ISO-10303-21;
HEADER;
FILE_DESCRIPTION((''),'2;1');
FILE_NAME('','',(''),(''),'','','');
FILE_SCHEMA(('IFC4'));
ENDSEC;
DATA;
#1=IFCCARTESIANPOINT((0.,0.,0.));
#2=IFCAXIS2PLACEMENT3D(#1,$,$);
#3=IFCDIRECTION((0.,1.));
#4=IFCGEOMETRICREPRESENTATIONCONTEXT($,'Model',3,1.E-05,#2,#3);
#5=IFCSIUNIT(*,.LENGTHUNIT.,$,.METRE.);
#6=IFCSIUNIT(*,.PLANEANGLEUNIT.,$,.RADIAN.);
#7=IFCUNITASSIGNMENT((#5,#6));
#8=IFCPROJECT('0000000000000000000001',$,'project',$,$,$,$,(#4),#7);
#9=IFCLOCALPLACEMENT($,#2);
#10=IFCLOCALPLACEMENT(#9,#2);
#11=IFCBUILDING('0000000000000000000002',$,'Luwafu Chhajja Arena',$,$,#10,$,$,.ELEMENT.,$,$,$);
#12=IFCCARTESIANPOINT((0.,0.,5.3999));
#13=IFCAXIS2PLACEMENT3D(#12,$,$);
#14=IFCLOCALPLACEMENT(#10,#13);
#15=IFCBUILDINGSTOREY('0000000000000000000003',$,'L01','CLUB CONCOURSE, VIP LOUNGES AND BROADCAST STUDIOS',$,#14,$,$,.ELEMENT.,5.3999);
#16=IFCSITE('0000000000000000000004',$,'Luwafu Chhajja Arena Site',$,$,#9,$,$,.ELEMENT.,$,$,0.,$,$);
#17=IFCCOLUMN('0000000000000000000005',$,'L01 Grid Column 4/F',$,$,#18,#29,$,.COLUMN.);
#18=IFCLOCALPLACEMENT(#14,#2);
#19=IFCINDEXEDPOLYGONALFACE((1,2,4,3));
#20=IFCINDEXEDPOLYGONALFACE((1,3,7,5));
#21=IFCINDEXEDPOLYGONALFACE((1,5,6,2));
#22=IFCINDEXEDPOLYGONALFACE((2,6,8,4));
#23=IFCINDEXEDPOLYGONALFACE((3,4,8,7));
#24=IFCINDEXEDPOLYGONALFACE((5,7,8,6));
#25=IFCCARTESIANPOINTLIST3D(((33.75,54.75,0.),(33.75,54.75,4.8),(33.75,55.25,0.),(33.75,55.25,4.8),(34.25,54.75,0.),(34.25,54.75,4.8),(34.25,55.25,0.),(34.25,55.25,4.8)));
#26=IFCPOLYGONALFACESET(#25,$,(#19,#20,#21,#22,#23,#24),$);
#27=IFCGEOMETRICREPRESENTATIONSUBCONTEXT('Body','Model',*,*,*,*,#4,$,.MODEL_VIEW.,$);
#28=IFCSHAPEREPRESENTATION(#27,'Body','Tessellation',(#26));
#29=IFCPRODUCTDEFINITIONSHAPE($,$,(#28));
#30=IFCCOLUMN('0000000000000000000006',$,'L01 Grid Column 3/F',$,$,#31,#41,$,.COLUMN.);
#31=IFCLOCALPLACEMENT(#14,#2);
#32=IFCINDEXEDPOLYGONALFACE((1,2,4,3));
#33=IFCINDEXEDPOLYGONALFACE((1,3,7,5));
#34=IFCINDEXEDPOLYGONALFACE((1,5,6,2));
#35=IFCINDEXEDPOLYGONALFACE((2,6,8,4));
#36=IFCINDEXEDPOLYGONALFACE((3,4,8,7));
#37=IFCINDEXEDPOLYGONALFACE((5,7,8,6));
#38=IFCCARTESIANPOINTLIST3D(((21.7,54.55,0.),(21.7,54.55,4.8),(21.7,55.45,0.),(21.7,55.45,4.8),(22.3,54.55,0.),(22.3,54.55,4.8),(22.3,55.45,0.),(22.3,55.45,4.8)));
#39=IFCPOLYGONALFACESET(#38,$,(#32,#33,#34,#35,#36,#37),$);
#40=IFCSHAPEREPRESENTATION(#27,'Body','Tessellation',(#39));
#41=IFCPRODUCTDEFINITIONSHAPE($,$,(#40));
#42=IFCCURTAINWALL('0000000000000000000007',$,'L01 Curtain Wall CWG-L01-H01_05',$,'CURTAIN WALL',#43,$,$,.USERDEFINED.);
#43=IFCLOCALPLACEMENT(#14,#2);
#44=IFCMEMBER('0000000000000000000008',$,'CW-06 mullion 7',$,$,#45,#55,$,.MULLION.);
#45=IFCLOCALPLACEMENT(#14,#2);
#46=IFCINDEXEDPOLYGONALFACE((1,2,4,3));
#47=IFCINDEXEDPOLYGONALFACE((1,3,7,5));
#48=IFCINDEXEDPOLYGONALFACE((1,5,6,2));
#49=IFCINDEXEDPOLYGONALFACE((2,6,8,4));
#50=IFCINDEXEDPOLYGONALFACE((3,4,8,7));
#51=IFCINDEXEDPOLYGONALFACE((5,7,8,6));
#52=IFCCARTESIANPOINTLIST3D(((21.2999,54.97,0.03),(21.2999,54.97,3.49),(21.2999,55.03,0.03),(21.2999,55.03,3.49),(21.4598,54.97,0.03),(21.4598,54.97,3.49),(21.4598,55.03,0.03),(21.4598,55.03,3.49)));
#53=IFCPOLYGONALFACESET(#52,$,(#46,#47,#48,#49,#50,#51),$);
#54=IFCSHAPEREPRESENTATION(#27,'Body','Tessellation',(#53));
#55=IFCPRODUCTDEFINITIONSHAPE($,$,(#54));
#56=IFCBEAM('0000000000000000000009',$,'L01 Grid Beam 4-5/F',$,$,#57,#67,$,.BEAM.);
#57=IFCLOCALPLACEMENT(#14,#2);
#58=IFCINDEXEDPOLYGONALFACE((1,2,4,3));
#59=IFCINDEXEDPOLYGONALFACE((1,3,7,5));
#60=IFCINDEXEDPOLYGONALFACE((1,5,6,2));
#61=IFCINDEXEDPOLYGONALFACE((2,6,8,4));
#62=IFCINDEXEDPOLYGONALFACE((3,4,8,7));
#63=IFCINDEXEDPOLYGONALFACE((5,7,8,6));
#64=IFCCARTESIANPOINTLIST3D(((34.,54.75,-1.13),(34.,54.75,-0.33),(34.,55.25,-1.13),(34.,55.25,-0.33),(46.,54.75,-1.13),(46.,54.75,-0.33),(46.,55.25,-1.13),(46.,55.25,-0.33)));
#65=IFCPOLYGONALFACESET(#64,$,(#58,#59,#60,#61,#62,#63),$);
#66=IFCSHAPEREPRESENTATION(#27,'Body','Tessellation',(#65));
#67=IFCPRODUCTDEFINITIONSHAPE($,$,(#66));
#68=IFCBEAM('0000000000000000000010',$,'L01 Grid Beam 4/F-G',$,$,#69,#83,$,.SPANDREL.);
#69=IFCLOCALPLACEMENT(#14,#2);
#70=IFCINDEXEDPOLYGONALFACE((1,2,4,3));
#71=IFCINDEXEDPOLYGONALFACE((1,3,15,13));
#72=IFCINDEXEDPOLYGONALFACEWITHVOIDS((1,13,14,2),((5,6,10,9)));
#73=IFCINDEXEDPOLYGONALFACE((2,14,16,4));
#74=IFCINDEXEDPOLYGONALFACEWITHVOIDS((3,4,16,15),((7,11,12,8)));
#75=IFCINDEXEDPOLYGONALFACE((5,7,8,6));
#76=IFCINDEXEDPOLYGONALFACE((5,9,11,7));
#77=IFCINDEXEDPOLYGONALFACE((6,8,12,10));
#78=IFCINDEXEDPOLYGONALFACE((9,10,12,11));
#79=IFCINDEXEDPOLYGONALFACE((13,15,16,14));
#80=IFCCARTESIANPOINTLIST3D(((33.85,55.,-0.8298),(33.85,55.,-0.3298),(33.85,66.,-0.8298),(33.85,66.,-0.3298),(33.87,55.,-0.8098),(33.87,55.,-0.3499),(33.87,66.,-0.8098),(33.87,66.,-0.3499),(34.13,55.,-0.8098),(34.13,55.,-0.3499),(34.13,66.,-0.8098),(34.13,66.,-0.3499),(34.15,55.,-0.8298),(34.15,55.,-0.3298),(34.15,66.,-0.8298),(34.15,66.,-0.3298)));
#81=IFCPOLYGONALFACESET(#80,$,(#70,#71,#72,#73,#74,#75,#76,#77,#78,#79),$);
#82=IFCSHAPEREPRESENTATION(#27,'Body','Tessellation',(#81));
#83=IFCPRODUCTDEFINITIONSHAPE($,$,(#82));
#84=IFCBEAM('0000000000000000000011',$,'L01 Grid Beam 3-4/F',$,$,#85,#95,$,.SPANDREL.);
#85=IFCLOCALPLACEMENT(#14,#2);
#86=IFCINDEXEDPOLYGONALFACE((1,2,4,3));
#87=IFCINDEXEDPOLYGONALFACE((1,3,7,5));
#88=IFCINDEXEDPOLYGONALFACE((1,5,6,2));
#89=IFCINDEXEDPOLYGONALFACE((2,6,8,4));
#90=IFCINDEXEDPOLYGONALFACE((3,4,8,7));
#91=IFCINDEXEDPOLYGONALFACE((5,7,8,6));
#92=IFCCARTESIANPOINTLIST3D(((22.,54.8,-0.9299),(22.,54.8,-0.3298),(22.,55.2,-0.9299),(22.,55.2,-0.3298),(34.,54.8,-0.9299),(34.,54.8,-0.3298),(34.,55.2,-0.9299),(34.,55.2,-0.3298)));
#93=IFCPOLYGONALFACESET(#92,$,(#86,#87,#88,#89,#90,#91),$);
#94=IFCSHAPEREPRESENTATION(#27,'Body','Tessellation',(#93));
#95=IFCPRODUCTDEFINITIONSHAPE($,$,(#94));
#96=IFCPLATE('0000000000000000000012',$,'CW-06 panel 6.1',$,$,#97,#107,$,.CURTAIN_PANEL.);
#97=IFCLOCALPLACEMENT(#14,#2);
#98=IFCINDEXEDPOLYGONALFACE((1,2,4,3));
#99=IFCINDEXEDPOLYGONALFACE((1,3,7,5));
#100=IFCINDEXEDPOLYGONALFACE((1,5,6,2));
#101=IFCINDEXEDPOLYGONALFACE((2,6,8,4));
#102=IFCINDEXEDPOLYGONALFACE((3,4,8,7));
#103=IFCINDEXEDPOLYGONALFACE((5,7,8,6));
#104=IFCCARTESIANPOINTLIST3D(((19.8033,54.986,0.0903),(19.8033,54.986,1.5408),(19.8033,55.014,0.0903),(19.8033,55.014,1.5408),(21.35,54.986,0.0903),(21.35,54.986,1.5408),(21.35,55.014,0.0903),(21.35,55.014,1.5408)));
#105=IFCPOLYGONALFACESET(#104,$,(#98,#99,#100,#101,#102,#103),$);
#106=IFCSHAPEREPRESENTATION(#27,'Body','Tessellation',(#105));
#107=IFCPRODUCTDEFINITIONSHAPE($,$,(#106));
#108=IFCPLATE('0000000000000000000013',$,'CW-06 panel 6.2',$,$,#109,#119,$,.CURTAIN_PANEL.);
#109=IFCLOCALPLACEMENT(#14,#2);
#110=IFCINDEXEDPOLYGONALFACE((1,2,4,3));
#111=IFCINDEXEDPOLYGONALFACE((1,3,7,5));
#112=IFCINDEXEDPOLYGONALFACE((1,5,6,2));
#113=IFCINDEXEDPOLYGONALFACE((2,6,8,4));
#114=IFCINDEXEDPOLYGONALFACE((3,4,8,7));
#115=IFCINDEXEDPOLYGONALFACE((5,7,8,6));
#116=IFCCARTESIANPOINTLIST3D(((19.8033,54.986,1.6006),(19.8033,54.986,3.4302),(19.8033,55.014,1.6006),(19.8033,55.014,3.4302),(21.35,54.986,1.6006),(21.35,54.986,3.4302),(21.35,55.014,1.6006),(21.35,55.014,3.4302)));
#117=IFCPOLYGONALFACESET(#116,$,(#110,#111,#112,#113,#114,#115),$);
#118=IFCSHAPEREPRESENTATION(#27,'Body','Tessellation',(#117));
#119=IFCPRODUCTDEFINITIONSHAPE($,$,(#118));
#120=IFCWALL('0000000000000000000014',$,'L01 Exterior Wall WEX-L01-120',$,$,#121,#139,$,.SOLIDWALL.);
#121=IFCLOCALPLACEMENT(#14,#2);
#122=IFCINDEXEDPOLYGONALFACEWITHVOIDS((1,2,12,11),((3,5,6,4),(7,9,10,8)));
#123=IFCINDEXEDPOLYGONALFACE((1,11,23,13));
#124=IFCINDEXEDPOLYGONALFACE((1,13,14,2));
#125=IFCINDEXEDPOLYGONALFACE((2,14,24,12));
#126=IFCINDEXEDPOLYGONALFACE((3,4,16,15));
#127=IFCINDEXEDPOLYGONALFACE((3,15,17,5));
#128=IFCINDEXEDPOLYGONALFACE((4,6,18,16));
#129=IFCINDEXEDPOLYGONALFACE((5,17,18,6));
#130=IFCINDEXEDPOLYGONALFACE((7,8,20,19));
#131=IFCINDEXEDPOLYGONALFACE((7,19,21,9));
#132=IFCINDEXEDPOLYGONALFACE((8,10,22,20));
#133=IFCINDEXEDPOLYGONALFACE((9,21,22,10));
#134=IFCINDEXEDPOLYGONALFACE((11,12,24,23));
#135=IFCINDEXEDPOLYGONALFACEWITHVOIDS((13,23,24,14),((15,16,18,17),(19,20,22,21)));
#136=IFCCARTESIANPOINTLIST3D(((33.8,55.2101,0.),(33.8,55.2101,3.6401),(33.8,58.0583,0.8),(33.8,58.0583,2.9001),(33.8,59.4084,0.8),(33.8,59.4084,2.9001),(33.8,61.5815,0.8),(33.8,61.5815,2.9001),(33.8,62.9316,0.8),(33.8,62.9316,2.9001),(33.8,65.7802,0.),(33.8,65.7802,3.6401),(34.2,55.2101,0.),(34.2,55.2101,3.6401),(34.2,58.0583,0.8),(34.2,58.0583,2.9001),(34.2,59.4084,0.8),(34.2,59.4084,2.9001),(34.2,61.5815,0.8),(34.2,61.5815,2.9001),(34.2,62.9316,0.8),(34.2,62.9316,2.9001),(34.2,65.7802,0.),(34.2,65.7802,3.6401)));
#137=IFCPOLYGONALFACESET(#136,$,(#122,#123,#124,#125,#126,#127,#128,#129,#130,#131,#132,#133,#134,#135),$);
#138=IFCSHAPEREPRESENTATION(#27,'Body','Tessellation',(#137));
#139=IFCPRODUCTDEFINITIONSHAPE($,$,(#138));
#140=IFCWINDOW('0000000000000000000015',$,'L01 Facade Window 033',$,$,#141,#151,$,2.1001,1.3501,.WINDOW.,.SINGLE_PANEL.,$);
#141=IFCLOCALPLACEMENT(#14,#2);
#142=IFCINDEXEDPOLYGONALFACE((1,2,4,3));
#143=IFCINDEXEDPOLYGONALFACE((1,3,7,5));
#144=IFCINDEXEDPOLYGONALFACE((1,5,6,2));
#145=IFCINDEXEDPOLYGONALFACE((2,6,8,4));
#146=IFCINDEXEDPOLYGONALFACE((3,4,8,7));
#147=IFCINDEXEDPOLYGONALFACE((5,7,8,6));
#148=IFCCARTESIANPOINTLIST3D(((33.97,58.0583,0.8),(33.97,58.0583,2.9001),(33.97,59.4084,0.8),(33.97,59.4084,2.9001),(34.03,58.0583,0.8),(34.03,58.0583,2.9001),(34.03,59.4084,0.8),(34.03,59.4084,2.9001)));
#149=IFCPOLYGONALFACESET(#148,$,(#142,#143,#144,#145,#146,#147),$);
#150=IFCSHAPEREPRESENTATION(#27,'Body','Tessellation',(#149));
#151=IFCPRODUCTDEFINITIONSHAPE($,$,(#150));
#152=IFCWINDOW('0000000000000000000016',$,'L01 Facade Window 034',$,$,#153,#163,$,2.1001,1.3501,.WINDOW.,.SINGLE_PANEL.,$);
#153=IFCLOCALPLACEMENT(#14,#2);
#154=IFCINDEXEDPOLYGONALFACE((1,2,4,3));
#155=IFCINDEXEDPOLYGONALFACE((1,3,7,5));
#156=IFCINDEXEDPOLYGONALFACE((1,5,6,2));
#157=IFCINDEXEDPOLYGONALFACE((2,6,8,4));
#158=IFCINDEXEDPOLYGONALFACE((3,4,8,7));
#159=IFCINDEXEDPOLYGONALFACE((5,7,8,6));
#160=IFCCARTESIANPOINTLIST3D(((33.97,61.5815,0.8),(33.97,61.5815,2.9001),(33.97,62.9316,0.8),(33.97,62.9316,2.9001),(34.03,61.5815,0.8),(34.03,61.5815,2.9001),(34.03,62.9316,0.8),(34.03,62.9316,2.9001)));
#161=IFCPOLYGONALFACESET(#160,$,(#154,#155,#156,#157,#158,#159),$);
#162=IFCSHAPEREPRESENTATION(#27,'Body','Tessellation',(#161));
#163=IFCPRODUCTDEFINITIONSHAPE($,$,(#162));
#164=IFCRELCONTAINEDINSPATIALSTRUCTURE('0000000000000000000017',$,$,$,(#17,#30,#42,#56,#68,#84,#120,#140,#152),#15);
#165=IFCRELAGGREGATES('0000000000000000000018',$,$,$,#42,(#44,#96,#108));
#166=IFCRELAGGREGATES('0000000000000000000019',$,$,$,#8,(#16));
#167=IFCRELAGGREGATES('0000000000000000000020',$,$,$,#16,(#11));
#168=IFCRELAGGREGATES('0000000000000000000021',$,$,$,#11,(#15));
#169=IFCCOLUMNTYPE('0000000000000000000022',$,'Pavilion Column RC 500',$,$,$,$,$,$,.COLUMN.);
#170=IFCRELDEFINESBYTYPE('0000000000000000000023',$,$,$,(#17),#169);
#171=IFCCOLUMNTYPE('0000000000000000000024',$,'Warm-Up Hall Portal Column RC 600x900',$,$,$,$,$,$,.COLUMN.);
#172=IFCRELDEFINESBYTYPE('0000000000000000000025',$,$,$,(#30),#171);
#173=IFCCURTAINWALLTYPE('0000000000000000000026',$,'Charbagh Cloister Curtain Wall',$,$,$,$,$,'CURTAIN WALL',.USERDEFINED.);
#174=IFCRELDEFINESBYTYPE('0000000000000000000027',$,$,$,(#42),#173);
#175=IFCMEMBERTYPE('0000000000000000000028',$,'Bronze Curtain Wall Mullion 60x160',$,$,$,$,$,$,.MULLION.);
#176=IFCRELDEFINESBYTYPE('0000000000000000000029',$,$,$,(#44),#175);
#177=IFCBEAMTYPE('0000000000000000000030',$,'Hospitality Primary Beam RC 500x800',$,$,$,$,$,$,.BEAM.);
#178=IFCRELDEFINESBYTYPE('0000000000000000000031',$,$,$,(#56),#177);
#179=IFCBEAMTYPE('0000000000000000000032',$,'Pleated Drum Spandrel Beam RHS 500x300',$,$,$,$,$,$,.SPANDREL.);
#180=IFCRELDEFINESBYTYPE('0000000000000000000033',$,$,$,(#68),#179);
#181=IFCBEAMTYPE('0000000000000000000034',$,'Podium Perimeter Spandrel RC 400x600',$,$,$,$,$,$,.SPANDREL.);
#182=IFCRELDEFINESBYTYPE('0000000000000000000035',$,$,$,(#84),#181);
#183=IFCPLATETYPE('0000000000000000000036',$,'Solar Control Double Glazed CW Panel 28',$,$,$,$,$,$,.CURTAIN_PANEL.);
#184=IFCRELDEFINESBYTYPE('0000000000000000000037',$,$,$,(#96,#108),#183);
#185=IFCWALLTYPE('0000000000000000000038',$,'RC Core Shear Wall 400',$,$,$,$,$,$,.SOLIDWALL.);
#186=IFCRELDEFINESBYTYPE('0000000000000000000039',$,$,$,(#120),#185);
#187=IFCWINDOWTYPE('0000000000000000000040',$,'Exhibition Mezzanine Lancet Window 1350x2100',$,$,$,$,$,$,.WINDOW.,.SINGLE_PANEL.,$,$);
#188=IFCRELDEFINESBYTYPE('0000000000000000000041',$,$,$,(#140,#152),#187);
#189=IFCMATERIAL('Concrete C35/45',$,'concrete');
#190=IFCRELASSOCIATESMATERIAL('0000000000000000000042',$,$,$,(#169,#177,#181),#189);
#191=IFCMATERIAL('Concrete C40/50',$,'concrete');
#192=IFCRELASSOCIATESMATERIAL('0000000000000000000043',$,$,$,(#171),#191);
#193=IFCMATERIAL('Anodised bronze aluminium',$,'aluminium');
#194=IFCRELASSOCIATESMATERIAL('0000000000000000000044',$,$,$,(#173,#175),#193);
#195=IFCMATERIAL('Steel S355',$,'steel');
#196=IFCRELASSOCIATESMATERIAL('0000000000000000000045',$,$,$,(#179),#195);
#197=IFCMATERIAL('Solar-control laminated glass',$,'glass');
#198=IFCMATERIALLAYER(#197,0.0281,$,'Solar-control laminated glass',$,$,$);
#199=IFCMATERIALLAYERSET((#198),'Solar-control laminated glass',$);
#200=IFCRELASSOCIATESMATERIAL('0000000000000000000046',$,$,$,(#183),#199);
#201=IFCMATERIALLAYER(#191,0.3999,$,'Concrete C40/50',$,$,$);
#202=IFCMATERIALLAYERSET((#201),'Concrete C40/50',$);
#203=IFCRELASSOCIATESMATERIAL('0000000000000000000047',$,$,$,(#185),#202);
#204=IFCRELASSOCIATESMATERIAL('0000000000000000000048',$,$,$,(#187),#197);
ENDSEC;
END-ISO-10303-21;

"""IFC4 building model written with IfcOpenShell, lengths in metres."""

from ifc_helpers import new_model, si_unit, direction, frame, frame_2d, origin, origin_2d, place, context, subcontext, project, spatial, rectangle, hollow_rectangle, extrude, material, layer, layer_set, material_profile, profile_set, type_object, element, fill, aggregate, save


model = new_model("IFC4")

# Units and contexts
model_context = context("Model", 3, precision=1e-05, world=origin(), true_north=direction((0.0, 1.0)))
body_context = subcontext(model_context, "Body", "Model", "MODEL_VIEW")
ifc_project = project(units=[si_unit("LENGTHUNIT", "METRE"), si_unit("PLANEANGLEUNIT", "RADIAN")], contexts=[model_context])

# Site, building, storey
site_placement = place(None, origin())
site = spatial("IfcSite", under=ifc_project, at=site_placement, Name="Luwafu Chhajja Arena Site", CompositionType="ELEMENT", RefElevation=0.0)
building_placement = place(site_placement, origin())
building = spatial("IfcBuilding", under=site, at=building_placement, Name="Luwafu Chhajja Arena", CompositionType="ELEMENT")
storey_placement = place(building_placement, frame((0.0, 0.0, 5.3999)))
storey = spatial("IfcBuildingStorey", under=building, at=storey_placement, Name="L01", Description="CLUB CONCOURSE, VIP LOUNGES AND BROADCAST STUDIOS", CompositionType="ELEMENT", Elevation=5.3999)

# Columns
ifc_material_1 = material(Name="Concrete C35/45", Category="concrete")
ifc_material_profile_1 = material_profile(ifc_material_1, rectangle(XDim=0.5, YDim=0.5, at=origin_2d()), Name="RC 500x500")
ifc_profile_set_1 = profile_set([ifc_material_profile_1], Name="Concrete C35/45")
column_type_1 = type_object("IfcColumnType", Name="Pavilion Column RC 500", PredefinedType="COLUMN", material=ifc_profile_set_1)
column_1_placement = place(storey_placement, frame((34.0, 55.0, 0.0), z_axis=(0.0, 0.0, 1.0), x_axis=(1.0, 0.0, 0.0)))
element("IfcColumn", 1, at=column_1_placement, inside=storey, type_object=column_type_1, Name="L01 Grid Column 4/F", PredefinedType="COLUMN", context=body_context, shape_type="SweptSolid", body=[
    extrude(rectangle(XDim=0.5, YDim=0.5, at=origin_2d()), origin(), (0.0, 0.0, 1.0), 4.8),
])
ifc_material_2 = material(Name="Concrete C40/50", Category="concrete")
ifc_material_profile_2 = material_profile(ifc_material_2, rectangle(XDim=0.6001, YDim=0.8999, at=origin_2d()), Name="RC 600x900")
ifc_profile_set_2 = profile_set([ifc_material_profile_2], Name="Concrete C40/50")
column_type_2 = type_object("IfcColumnType", Name="Warm-Up Hall Portal Column RC 600x900", PredefinedType="COLUMN", material=ifc_profile_set_2)
column_2_placement = place(storey_placement, frame((22.0, 55.0, 0.0), z_axis=(0.0, 0.0, 1.0), x_axis=(1.0, 0.0, 0.0)))
element("IfcColumn", 2, at=column_2_placement, inside=storey, type_object=column_type_2, Name="L01 Grid Column 3/F", PredefinedType="COLUMN", context=body_context, shape_type="SweptSolid", body=[
    extrude(rectangle(XDim=0.6001, YDim=0.8999, at=origin_2d()), origin(), (0.0, 0.0, 1.0), 4.8),
])

# Curtain wall, member
ifc_material_3 = material(Name="Anodised bronze aluminium", Category="aluminium")
curtain_wall_type = type_object("IfcCurtainWallType", Name="Charbagh Cloister Curtain Wall", ElementType="CURTAIN WALL", PredefinedType="USERDEFINED", material=ifc_material_3)
curtain_wall_placement = place(storey_placement, origin())
curtain_wall = element("IfcCurtainWall", 3, at=curtain_wall_placement, inside=storey, type_object=curtain_wall_type, Name="L01 Curtain Wall CWG-L01-H01_05", ObjectType="CURTAIN WALL", PredefinedType="USERDEFINED")
ifc_material_profile_3 = material_profile(ifc_material_3, rectangle(XDim=0.0601, YDim=0.1599, at=origin_2d()), Name="CWM 60x160")
ifc_profile_set_3 = profile_set([ifc_material_profile_3], Name="Anodised bronze aluminium")
member_type = type_object("IfcMemberType", Name="Bronze Curtain Wall Mullion 60x160", PredefinedType="MULLION", material=ifc_profile_set_3)
member_placement = place(storey_placement, frame((21.3799, 55.0, 0.03), z_axis=(0.0, 0.0, 1.0), x_axis=(0.0, 1.0, 0.0)))
member = element("IfcMember", 4, at=member_placement, type_object=member_type, Name="CW-06 mullion 7", PredefinedType="MULLION", context=body_context, shape_type="SweptSolid", body=[
    extrude(rectangle(XDim=0.0601, YDim=0.1599, at=origin_2d()), origin(), (0.0, 0.0, 1.0), 3.46),
])

# Beams
ifc_material_profile_4 = material_profile(ifc_material_1, rectangle(XDim=0.5, YDim=0.8, at=origin_2d()), Name="RC 500x800")
ifc_profile_set_4 = profile_set([ifc_material_profile_4], Name="Concrete C35/45")
beam_type_1 = type_object("IfcBeamType", Name="Hospitality Primary Beam RC 500x800", PredefinedType="BEAM", material=ifc_profile_set_4)
beam_1_placement = place(storey_placement, frame((34.0, 55.0, -0.73), z_axis=(1.0, 0.0, 0.0), x_axis=(0.0, 1.0, 0.0)))
element("IfcBeam", 5, at=beam_1_placement, inside=storey, type_object=beam_type_1, Name="L01 Grid Beam 4-5/F", PredefinedType="BEAM", context=body_context, shape_type="SweptSolid", body=[
    extrude(rectangle(XDim=0.5, YDim=0.8, at=origin_2d()), origin(), (0.0, 0.0, 1.0), 12.0),
])
ifc_material_4 = material(Name="Steel S355", Category="steel")
ifc_material_profile_5 = material_profile(ifc_material_4, hollow_rectangle(XDim=0.3, YDim=0.5, WallThickness=0.02, at=origin_2d()), Name="RHS 500x300x20")
ifc_profile_set_5 = profile_set([ifc_material_profile_5], Name="Steel S355")
beam_type_2 = type_object("IfcBeamType", Name="Pleated Drum Spandrel Beam RHS 500x300", PredefinedType="SPANDREL", material=ifc_profile_set_5)
beam_2_placement = place(storey_placement, frame((34.0, 55.0, -0.5798), z_axis=(0.0, 1.0, 0.0), x_axis=(-1.0, 0.0, 0.0)))
element("IfcBeam", 6, at=beam_2_placement, inside=storey, type_object=beam_type_2, Name="L01 Grid Beam 4/F-G", PredefinedType="SPANDREL", context=body_context, shape_type="SweptSolid", body=[
    extrude(hollow_rectangle(XDim=0.3, YDim=0.5, WallThickness=0.02, at=origin_2d()), origin(), (0.0, 0.0, 1.0), 11.0),
])
ifc_material_profile_6 = material_profile(ifc_material_1, rectangle(XDim=0.3999, YDim=0.6001, at=origin_2d()), Name="RC 400x600")
ifc_profile_set_6 = profile_set([ifc_material_profile_6], Name="Concrete C35/45")
beam_type_3 = type_object("IfcBeamType", Name="Podium Perimeter Spandrel RC 400x600", PredefinedType="SPANDREL", material=ifc_profile_set_6)
beam_3_placement = place(storey_placement, frame((22.0, 55.0, -0.6299), z_axis=(1.0, 0.0, 0.0), x_axis=(0.0, 1.0, 0.0)))
element("IfcBeam", 7, at=beam_3_placement, inside=storey, type_object=beam_type_3, Name="L01 Grid Beam 3-4/F", PredefinedType="SPANDREL", context=body_context, shape_type="SweptSolid", body=[
    extrude(rectangle(XDim=0.3999, YDim=0.6001, at=origin_2d()), origin(), (0.0, 0.0, 1.0), 12.0),
])

# Plates
ifc_material_5 = material(Name="Solar-control laminated glass", Category="glass")
ifc_layer_1 = layer(ifc_material_5, 0.0281, Name="Solar-control laminated glass")
ifc_layer_set_1 = layer_set([ifc_layer_1], Name="Solar-control laminated glass")
plate_type = type_object("IfcPlateType", Name="Solar Control Double Glazed CW Panel 28", PredefinedType="CURTAIN_PANEL", material=ifc_layer_set_1)
plate_1_placement = place(storey_placement, frame((20.5767, 55.0, 0.0903), z_axis=(0.0, 0.0, 1.0), x_axis=(1.0, 0.0, 0.0)))
plate_1 = element("IfcPlate", 8, at=plate_1_placement, type_object=plate_type, Name="CW-06 panel 6.1", PredefinedType="CURTAIN_PANEL", context=body_context, shape_type="SweptSolid", body=[
    extrude(rectangle(XDim=1.5466, YDim=0.0281, at=origin_2d()), origin(), (0.0, 0.0, 1.0), 1.4504),
])
plate_2_placement = place(storey_placement, frame((20.5767, 55.0, 1.6006), z_axis=(0.0, 0.0, 1.0), x_axis=(1.0, 0.0, 0.0)))
plate_2 = element("IfcPlate", 9, at=plate_2_placement, type_object=plate_type, Name="CW-06 panel 6.2", PredefinedType="CURTAIN_PANEL", context=body_context, shape_type="SweptSolid", body=[
    extrude(rectangle(XDim=1.5466, YDim=0.0281, at=origin_2d()), origin(), (0.0, 0.0, 1.0), 1.8296),
])
aggregate(curtain_wall, [member, plate_1, plate_2])

# Wall, openings, windows
ifc_layer_2 = layer(ifc_material_2, 0.3999, Name="Concrete C40/50")
ifc_layer_set_2 = layer_set([ifc_layer_2], Name="Concrete C40/50")
wall_type_1 = type_object("IfcWallType", Name="RC Core Shear Wall 400", PredefinedType="SOLIDWALL", material=ifc_layer_set_2)
wall_1_placement = place(storey_placement, frame((34.0, 55.21, 0.0), z_axis=(0.0, 0.0, 1.0), x_axis=(0.0, 1.0, 0.0)))
wall_1 = element("IfcWall", 10, at=wall_1_placement, inside=storey, type_object=wall_type_1, Name="L01 Exterior Wall WEX-L01-120", PredefinedType="SOLIDWALL", context=body_context, shape_type="SweptSolid", body=[
    extrude(rectangle(XDim=10.5701, YDim=0.3999, at=frame_2d((5.2852, 0.0))), origin(), (0.0, 0.0, 1.0), 3.6401),
])
opening_1_placement = place(wall_1_placement, frame((2.8484, 0.0, 0.8)))
opening_1 = element("IfcOpeningElement", 11, at=opening_1_placement, cuts=wall_1, PredefinedType="OPENING", context=body_context, shape_type="SweptSolid", body=[
    extrude(rectangle(XDim=1.3501, YDim=2.1001, at=frame_2d((0.675, 1.05))), frame((0.0, 0.21, 0.0), z_axis=(0.0, -1.0, 0.0), x_axis=(1.0, 0.0, 0.0)), (0.0, 0.0, 1.0), 0.4199),
])
opening_2_placement = place(wall_1_placement, frame((6.3716, 0.0, 0.8)))
opening_2 = element("IfcOpeningElement", 12, at=opening_2_placement, cuts=wall_1, PredefinedType="OPENING", context=body_context, shape_type="SweptSolid", body=[
    extrude(rectangle(XDim=1.3501, YDim=2.1001, at=frame_2d((0.675, 1.05))), frame((0.0, 0.21, 0.0), z_axis=(0.0, -1.0, 0.0), x_axis=(1.0, 0.0, 0.0)), (0.0, 0.0, 1.0), 0.4199),
])
window_type_1 = type_object("IfcWindowType", Name="Exhibition Mezzanine Lancet Window 1350x2100", PartitioningType="SINGLE_PANEL", PredefinedType="WINDOW", material=ifc_material_5)
window_1_placement = place(opening_1_placement, origin())
window_1 = element("IfcWindow", 13, at=window_1_placement, inside=storey, type_object=window_type_1, Name="L01 Facade Window 033", OverallHeight=2.1001, OverallWidth=1.3501, PartitioningType="SINGLE_PANEL", PredefinedType="WINDOW", context=body_context, shape_type="SweptSolid", body=[
    extrude(rectangle(XDim=1.3501, YDim=2.1001, at=frame_2d((0.675, 1.05))), frame((0.0, 0.03, 0.0), z_axis=(0.0, -1.0, 0.0), x_axis=(1.0, 0.0, 0.0)), (0.0, 0.0, 1.0), 0.0601),
])
fill(opening_1, window_1)
window_2_placement = place(opening_2_placement, origin())
window_2 = element("IfcWindow", 14, at=window_2_placement, inside=storey, type_object=window_type_1, Name="L01 Facade Window 034", OverallHeight=2.1001, OverallWidth=1.3501, PartitioningType="SINGLE_PANEL", PredefinedType="WINDOW", context=body_context, shape_type="SweptSolid", body=[
    extrude(rectangle(XDim=1.3501, YDim=2.1001, at=frame_2d((0.675, 1.05))), frame((0.0, 0.03, 0.0), z_axis=(0.0, -1.0, 0.0), x_axis=(1.0, 0.0, 0.0)), (0.0, 0.0, 1.0), 0.0601),
])
fill(opening_2, window_2)

save(model, "model.ifc")
